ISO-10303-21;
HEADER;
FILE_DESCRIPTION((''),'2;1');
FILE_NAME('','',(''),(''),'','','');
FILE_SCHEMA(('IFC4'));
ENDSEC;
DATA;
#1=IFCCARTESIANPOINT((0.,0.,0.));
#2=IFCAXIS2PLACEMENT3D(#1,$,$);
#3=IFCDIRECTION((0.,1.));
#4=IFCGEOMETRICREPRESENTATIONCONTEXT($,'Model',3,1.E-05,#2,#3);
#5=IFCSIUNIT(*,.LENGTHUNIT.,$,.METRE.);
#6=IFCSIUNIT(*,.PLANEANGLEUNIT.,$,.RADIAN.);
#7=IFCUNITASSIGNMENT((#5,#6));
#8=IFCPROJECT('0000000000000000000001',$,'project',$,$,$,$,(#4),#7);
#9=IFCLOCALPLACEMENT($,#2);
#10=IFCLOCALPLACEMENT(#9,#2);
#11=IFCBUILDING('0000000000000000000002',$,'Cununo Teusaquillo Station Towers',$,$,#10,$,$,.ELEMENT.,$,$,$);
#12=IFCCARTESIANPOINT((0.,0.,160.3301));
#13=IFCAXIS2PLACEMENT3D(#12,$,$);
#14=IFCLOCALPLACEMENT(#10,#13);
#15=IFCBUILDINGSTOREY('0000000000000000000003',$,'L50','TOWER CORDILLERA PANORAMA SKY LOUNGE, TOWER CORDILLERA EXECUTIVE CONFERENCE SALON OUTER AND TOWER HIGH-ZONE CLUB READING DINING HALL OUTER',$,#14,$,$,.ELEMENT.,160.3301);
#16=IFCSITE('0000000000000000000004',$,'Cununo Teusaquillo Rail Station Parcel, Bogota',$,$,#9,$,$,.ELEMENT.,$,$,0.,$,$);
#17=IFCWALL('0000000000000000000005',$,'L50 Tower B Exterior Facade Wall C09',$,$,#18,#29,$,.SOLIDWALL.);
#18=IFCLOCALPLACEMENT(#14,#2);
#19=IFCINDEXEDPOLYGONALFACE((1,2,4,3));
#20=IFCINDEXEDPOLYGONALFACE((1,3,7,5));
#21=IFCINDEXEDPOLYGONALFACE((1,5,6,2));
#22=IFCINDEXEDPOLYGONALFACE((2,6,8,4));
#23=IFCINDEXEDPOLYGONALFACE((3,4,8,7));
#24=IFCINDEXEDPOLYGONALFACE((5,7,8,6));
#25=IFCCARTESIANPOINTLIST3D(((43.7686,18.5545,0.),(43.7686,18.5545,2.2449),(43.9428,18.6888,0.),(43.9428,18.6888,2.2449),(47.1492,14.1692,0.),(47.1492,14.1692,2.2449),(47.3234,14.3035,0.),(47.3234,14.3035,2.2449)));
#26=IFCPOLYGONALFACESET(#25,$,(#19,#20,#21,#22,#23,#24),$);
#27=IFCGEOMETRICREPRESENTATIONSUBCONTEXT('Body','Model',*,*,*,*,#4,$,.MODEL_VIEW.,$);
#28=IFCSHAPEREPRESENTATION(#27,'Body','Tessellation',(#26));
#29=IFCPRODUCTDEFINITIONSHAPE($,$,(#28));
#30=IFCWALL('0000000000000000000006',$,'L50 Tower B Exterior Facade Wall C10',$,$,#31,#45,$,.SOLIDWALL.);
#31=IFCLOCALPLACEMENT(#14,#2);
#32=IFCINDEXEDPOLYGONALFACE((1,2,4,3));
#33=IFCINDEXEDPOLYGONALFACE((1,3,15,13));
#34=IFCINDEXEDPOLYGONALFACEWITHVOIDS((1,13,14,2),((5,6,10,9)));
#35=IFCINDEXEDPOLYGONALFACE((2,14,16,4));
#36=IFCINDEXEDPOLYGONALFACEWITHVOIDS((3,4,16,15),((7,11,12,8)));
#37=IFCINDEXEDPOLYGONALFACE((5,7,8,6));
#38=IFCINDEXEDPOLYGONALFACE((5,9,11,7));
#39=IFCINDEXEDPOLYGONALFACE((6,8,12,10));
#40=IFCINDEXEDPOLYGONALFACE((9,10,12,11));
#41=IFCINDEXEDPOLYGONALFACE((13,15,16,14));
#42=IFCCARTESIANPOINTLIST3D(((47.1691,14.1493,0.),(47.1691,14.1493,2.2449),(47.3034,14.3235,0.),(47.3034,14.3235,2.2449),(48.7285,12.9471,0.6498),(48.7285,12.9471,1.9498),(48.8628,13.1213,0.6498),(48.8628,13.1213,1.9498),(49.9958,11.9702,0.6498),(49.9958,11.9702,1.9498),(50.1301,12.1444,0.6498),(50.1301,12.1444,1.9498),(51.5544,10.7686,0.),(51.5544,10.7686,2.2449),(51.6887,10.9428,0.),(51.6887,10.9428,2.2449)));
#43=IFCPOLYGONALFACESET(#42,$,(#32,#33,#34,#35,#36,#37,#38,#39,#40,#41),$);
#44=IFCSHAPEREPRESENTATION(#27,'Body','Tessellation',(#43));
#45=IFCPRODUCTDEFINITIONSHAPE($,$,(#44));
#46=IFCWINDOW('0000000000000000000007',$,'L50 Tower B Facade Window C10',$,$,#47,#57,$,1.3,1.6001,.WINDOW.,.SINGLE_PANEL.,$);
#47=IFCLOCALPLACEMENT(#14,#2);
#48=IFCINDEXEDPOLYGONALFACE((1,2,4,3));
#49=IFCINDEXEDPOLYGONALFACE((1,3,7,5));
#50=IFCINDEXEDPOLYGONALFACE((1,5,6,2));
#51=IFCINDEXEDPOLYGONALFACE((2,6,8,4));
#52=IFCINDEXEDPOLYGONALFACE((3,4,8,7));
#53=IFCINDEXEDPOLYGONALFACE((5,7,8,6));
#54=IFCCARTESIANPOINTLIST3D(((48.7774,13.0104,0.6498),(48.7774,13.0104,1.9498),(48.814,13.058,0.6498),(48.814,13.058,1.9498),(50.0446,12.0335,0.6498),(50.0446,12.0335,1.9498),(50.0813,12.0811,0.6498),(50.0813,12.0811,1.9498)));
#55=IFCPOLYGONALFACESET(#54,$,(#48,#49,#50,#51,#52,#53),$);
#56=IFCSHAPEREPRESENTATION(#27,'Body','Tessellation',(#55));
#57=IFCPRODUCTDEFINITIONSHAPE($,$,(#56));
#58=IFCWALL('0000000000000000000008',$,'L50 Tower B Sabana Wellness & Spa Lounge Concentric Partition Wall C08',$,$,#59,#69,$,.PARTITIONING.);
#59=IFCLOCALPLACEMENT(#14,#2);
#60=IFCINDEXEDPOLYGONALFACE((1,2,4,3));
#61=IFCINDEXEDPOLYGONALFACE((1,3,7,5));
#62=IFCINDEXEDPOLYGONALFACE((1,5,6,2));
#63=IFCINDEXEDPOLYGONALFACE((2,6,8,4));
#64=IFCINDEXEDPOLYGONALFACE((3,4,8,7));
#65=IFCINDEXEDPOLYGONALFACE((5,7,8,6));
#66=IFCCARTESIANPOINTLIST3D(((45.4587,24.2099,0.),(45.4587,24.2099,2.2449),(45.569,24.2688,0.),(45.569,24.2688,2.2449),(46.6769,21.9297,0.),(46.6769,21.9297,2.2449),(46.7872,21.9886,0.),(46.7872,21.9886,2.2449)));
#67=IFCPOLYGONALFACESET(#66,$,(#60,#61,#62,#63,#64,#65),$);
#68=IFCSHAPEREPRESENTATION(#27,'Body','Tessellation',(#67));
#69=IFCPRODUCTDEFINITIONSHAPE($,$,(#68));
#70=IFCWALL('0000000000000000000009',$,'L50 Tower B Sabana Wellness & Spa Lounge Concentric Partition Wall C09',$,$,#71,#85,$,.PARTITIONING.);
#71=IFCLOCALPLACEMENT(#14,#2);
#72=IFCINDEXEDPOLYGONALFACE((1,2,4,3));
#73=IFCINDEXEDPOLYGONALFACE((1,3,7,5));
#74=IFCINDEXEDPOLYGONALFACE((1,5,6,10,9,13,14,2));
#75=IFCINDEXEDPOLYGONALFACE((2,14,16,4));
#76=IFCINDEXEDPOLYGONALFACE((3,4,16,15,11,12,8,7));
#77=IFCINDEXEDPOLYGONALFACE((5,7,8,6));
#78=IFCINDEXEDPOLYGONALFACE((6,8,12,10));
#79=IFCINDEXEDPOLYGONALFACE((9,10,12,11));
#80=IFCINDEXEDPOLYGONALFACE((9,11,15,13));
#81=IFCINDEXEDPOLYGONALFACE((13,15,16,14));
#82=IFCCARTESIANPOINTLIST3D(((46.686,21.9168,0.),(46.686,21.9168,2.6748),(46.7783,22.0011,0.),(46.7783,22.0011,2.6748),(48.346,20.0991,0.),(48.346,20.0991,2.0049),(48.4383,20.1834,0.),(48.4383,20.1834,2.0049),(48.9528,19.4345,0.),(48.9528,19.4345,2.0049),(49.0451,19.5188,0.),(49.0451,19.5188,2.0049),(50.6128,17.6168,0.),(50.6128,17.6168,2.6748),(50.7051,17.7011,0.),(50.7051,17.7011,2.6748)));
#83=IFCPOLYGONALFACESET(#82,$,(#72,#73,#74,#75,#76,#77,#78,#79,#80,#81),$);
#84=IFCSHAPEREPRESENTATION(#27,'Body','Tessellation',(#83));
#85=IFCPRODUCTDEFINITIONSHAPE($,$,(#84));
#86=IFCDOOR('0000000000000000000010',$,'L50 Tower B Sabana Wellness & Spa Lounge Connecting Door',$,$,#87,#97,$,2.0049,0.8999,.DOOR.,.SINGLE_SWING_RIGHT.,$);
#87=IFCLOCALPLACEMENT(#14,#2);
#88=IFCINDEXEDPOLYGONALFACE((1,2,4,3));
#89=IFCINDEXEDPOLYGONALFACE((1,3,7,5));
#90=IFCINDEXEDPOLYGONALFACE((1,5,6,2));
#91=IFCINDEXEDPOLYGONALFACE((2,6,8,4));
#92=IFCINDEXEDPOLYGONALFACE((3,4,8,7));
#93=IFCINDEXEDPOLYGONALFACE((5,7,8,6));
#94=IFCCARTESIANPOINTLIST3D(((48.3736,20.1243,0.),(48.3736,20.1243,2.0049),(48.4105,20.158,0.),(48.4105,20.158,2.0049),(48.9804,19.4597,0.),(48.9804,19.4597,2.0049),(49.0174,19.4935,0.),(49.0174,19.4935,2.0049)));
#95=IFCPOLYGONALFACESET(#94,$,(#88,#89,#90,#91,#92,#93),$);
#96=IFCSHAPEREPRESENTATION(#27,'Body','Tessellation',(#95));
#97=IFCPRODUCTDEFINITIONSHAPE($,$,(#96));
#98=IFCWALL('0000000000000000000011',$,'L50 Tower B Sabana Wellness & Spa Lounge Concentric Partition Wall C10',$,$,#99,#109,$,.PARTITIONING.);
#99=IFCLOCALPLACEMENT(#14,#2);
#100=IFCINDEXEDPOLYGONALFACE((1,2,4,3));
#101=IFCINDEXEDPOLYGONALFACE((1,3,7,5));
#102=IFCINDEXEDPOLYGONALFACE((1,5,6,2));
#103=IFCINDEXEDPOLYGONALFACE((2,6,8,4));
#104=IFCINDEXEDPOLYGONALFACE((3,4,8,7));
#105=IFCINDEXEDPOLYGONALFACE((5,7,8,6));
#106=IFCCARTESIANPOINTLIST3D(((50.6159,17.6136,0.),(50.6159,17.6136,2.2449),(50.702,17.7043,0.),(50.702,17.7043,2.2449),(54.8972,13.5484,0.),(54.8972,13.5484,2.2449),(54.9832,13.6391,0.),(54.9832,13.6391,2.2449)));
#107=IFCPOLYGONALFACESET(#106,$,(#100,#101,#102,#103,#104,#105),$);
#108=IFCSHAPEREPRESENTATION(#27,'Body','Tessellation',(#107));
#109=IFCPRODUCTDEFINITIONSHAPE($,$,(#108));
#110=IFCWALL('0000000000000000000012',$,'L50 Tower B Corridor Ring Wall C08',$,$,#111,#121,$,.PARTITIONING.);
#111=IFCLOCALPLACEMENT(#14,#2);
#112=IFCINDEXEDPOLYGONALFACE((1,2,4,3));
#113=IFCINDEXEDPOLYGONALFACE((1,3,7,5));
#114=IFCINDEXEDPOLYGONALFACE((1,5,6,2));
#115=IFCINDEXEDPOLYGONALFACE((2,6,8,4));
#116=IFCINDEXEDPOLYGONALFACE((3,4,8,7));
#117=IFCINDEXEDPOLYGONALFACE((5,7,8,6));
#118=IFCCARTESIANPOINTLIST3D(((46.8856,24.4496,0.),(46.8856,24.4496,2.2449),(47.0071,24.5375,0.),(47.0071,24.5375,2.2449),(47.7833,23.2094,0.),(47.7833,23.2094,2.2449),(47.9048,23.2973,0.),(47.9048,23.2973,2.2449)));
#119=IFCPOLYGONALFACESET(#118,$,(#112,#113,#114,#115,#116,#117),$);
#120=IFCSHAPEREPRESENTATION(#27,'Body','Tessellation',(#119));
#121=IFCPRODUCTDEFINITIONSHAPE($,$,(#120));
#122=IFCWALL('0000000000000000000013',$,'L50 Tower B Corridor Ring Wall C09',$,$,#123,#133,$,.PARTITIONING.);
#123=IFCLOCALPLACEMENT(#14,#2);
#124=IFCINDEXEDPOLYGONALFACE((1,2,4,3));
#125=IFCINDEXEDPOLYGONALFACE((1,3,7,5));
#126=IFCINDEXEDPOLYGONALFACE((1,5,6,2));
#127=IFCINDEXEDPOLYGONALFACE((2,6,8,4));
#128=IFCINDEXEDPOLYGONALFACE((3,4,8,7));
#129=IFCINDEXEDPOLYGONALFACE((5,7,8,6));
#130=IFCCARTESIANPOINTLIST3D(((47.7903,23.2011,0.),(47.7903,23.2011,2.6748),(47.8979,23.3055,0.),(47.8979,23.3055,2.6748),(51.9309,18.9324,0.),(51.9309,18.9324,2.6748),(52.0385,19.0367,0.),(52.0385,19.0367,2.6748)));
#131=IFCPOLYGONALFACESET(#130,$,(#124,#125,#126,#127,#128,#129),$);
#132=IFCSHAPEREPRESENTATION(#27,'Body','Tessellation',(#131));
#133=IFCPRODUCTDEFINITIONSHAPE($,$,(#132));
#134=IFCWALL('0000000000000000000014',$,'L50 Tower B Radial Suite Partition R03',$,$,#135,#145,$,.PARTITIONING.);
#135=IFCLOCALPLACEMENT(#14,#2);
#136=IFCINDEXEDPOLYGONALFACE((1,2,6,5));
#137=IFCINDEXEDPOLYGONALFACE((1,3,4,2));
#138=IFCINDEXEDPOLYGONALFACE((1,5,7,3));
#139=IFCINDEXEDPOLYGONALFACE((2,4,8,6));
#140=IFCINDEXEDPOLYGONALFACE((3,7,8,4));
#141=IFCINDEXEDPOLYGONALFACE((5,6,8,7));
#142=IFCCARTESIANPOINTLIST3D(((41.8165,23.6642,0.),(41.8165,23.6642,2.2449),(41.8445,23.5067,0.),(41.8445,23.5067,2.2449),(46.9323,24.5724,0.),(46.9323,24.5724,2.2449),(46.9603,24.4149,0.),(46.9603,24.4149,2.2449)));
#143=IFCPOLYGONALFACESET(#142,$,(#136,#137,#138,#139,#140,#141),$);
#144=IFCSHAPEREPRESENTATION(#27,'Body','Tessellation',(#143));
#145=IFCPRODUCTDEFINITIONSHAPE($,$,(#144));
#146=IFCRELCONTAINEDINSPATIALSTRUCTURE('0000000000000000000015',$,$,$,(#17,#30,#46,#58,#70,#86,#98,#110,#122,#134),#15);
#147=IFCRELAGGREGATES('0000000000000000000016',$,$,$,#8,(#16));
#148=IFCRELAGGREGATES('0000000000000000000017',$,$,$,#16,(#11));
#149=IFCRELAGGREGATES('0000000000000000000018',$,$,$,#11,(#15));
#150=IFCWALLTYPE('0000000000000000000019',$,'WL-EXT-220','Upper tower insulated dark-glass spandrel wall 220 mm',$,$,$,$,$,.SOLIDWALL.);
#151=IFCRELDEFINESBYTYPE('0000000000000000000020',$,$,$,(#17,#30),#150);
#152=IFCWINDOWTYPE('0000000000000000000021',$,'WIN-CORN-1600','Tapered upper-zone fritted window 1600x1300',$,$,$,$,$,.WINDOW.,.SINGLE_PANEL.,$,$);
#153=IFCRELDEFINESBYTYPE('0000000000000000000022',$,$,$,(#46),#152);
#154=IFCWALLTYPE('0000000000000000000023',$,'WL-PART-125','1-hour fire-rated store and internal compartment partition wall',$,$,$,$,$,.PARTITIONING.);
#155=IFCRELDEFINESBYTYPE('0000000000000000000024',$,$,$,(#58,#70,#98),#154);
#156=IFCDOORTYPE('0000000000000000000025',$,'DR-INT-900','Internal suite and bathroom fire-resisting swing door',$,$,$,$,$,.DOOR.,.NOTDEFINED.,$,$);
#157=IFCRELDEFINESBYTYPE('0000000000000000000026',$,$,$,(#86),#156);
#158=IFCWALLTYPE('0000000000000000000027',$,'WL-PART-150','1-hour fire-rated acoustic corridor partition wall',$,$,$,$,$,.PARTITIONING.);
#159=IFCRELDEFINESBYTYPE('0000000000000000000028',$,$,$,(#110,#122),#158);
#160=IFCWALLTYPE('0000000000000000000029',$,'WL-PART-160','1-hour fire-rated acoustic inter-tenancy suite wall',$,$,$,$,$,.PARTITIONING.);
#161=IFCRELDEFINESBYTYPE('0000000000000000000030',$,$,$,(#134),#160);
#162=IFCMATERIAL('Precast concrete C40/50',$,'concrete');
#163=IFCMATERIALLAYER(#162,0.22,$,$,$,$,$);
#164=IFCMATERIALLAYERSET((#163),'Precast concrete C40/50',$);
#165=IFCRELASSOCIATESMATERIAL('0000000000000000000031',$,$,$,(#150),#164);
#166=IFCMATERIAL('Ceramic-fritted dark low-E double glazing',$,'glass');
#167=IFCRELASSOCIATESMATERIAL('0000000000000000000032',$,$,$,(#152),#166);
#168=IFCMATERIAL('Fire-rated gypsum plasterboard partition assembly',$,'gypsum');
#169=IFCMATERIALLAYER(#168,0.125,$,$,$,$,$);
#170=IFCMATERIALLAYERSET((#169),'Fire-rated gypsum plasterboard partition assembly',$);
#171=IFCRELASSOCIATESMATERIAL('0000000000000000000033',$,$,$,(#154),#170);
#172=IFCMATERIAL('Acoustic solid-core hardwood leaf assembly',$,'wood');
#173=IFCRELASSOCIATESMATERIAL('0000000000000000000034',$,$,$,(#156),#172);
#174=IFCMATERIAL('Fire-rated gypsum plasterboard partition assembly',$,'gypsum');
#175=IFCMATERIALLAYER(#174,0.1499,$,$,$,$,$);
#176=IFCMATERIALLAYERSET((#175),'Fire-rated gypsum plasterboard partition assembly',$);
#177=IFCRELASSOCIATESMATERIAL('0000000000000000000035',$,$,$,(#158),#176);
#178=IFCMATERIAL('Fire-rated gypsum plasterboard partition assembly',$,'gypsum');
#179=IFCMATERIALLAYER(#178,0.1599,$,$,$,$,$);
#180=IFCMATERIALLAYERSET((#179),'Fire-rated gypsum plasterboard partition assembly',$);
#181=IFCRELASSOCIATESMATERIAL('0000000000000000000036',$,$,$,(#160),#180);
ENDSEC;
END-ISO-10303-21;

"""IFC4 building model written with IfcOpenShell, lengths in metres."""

from ifc_helpers import new_model, si_unit, direction, frame, frame_2d, origin, place, context, subcontext, project, spatial, rectangle, extrude, source, transform, mapped, material, layer, layer_set, type_object, element, fill, save


model = new_model("IFC4")

# Units and contexts
model_context = context("Model", 3, precision=1e-05, world=origin(), true_north=direction((0.0, 1.0)))
body_context = subcontext(model_context, "Body", "Model", "MODEL_VIEW")
ifc_project = project(units=[si_unit("LENGTHUNIT", "METRE"), si_unit("PLANEANGLEUNIT", "RADIAN")], contexts=[model_context])

# Site, building, storey
site_placement = place(None, origin())
site = spatial("IfcSite", under=ifc_project, at=site_placement, Name="Cununo Teusaquillo Rail Station Parcel, Bogota", CompositionType="ELEMENT", RefElevation=0.0)
building_placement = place(site_placement, origin())
building = spatial("IfcBuilding", under=site, at=building_placement, Name="Cununo Teusaquillo Station Towers", CompositionType="ELEMENT")
storey_placement = place(building_placement, frame((0.0, 0.0, 160.3301)))
storey = spatial("IfcBuildingStorey", under=building, at=storey_placement, Name="L50", Description="TOWER CORDILLERA PANORAMA SKY LOUNGE, TOWER CORDILLERA EXECUTIVE CONFERENCE SALON OUTER AND TOWER HIGH-ZONE CLUB READING DINING HALL OUTER", CompositionType="ELEMENT", Elevation=160.3301)

# Shared definitions
ifc_material_1 = material(Name="Precast concrete C40/50", Category="concrete")
ifc_layer_1 = layer(ifc_material_1, 0.22)
ifc_layer_set_1 = layer_set([ifc_layer_1], Name="Precast concrete C40/50")
wall_type_1 = type_object("IfcWallType", Name="WL-EXT-220", Description="Upper tower insulated dark-glass spandrel wall 220 mm", PredefinedType="SOLIDWALL", material=ifc_layer_set_1)

# Shared definitions
shared_shape_1 = source(origin(), body_context, "Body", "SweptSolid", [
    extrude(rectangle(XDim=1.6001, YDim=1.3, at=frame_2d((0.8, 0.6499))), frame((0.0, 0.1199, 0.0), z_axis=(0.0, -1.0, 0.0), x_axis=(1.0, 0.0, 0.0)), (0.0, 0.0, 1.0), 0.24),
])
ifc_material_2 = material(Name="Ceramic-fritted dark low-E double glazing", Category="glass")
window_type = type_object("IfcWindowType", Name="WIN-CORN-1600", Description="Tapered upper-zone fritted window 1600x1300", PartitioningType="SINGLE_PANEL", PredefinedType="WINDOW", material=ifc_material_2)
shared_shape_2 = source(origin(), body_context, "Body", "SweptSolid", [
    extrude(rectangle(XDim=1.6001, YDim=1.3, at=frame_2d((0.8, 0.6499))), frame((0.0, 0.03, 0.0), z_axis=(0.0, -1.0, 0.0), x_axis=(1.0, 0.0, 0.0)), (0.0, 0.0, 1.0), 0.0601),
])

# Wall
wall_1_placement = place(storey_placement, frame((47.2363, 14.2363, 0.0), z_axis=(0.0, 0.0, 1.0), x_axis=(-0.610544, 0.791983, 0.0)))
element("IfcWall", 1, at=wall_1_placement, inside=storey, type_object=wall_type_1, Name="L50 Tower B Exterior Facade Wall C09", PredefinedType="SOLIDWALL", context=body_context, shape_type="SweptSolid", body=[
    extrude(rectangle(XDim=5.5371, YDim=0.22, at=frame_2d((2.7686, 0.0))), origin(), (0.0, 0.0, 1.0), 2.2449),
])

# Wall, opening, window
wall_2_placement = place(storey_placement, frame((51.6216, 10.8557, 0.0), z_axis=(0.0, 0.0, 1.0), x_axis=(-0.791983, 0.610544, 0.0)))
wall_2 = element("IfcWall", 2, at=wall_2_placement, inside=storey, type_object=wall_type_1, Name="L50 Tower B Exterior Facade Wall C10", PredefinedType="SOLIDWALL", context=body_context, shape_type="SweptSolid", body=[
    extrude(rectangle(XDim=5.5371, YDim=0.22, at=frame_2d((2.7686, 0.0))), origin(), (0.0, 0.0, 1.0), 2.2449),
])
opening_1_placement = place(wall_2_placement, frame((1.968, 0.0, 0.6499)))
opening_1 = element("IfcOpeningElement", 3, at=opening_1_placement, cuts=wall_2, PredefinedType="OPENING", context=body_context, shape_type="MappedRepresentation", body=[
    mapped(shared_shape_1, transform((0.0, 0.0, 0.0), x_axis=(1.0, 0.0, 0.0), y_axis=(0.0, 1.0, 0.0), z_axis=(0.0, 0.0, 1.0), scale=1.0)),
])
window_1_placement = place(opening_1_placement, origin())
window_1 = element("IfcWindow", 4, at=window_1_placement, inside=storey, type_object=window_type, Name="L50 Tower B Facade Window C10", OverallHeight=1.3, OverallWidth=1.6001, PartitioningType="SINGLE_PANEL", PredefinedType="WINDOW", context=body_context, shape_type="MappedRepresentation", body=[
    mapped(shared_shape_2, transform((0.0, 0.0, 0.0), x_axis=(1.0, 0.0, 0.0), y_axis=(0.0, 1.0, 0.0), z_axis=(0.0, 0.0, 1.0), scale=1.0)),
])
fill(opening_1, window_1)

# Wall
ifc_material_3 = material(Name="Fire-rated gypsum plasterboard partition assembly", Category="gypsum")
ifc_layer_2 = layer(ifc_material_3, 0.125)
ifc_layer_set_2 = layer_set([ifc_layer_2], Name="Fire-rated gypsum plasterboard partition assembly")
wall_type_2 = type_object("IfcWallType", Name="WL-PART-125", Description="1-hour fire-rated store and internal compartment partition wall", PredefinedType="PARTITIONING", material=ifc_layer_set_2)
wall_3_placement = place(storey_placement, frame((45.5139, 24.2393, 0.0), z_axis=(0.0, 0.0, 1.0), x_axis=(0.471225, -0.882013, 0.0)))
element("IfcWall", 5, at=wall_3_placement, inside=storey, type_object=wall_type_2, Name="L50 Tower B Sabana Wellness & Spa Lounge Concentric Partition Wall C08", PredefinedType="PARTITIONING", context=body_context, shape_type="SweptSolid", body=[
    extrude(rectangle(XDim=2.5852, YDim=0.125, at=frame_2d((1.2925, 0.0))), origin(), (0.0, 0.0, 1.0), 2.2449),
])

# Wall, opening, door
wall_4_placement = place(storey_placement, frame((46.7322, 21.959, 0.0), z_axis=(0.0, 0.0, 1.0), x_axis=(0.674328, -0.738432, 0.0)))
wall_4 = element("IfcWall", 6, at=wall_4_placement, inside=storey, type_object=wall_type_2, Name="L50 Tower B Sabana Wellness & Spa Lounge Concentric Partition Wall C09", PredefinedType="PARTITIONING", context=body_context, shape_type="SweptSolid", body=[
    extrude(rectangle(XDim=5.8232, YDim=0.125, at=frame_2d((2.9116, 0.0))), origin(), (0.0, 0.0, 1.0), 2.6748),
])
shared_shape_3 = source(origin(), body_context, "Body", "SweptSolid", [
    extrude(rectangle(XDim=0.8999, YDim=2.0049, at=frame_2d((0.45, 1.0024))), frame((0.0, 0.0725, 0.0), z_axis=(0.0, -1.0, 0.0), x_axis=(1.0, 0.0, 0.0)), (0.0, 0.0, 1.0), 0.145),
])
opening_2_placement = place(wall_4_placement, frame((2.4617, 0.0, 0.0)))
opening_2 = element("IfcOpeningElement", 7, at=opening_2_placement, cuts=wall_4, PredefinedType="OPENING", context=body_context, shape_type="MappedRepresentation", body=[
    mapped(shared_shape_3, transform((0.0, 0.0, 0.0), x_axis=(1.0, 0.0, 0.0), y_axis=(0.0, 1.0, 0.0), z_axis=(0.0, 0.0, 1.0), scale=1.0)),
])
ifc_material_4 = material(Name="Acoustic solid-core hardwood leaf assembly", Category="wood")
door_type_1 = type_object("IfcDoorType", Name="DR-INT-900", Description="Internal suite and bathroom fire-resisting swing door", OperationType="NOTDEFINED", PredefinedType="DOOR", material=ifc_material_4)
shared_shape_4 = source(origin(), body_context, "Body", "SweptSolid", [
    extrude(rectangle(XDim=0.8999, YDim=2.0049, at=frame_2d((0.45, 1.0024))), frame((0.0, 0.0249, 0.0), z_axis=(0.0, -1.0, 0.0), x_axis=(1.0, 0.0, 0.0)), (0.0, 0.0, 1.0), 0.05),
])
door_1_placement = place(opening_2_placement, origin())
door_1 = element("IfcDoor", 8, at=door_1_placement, inside=storey, type_object=door_type_1, Name="L50 Tower B Sabana Wellness & Spa Lounge Connecting Door", OperationType="SINGLE_SWING_RIGHT", OverallHeight=2.0049, OverallWidth=0.8999, PredefinedType="DOOR", context=body_context, shape_type="MappedRepresentation", body=[
    mapped(shared_shape_4, transform((0.0, 0.0, 0.0), x_axis=(1.0, 0.0, 0.0), y_axis=(0.0, 1.0, 0.0), z_axis=(0.0, 0.0, 1.0), scale=1.0)),
])
fill(opening_2, door_1)

# Walls
wall_5_placement = place(storey_placement, frame((50.6589, 17.6589, 0.0), z_axis=(0.0, 0.0, 1.0), x_axis=(0.725169, -0.688571, 0.0)))
element("IfcWall", 9, at=wall_5_placement, inside=storey, type_object=wall_type_2, Name="L50 Tower B Sabana Wellness & Spa Lounge Concentric Partition Wall C10", PredefinedType="PARTITIONING", context=body_context, shape_type="SweptSolid", body=[
    extrude(rectangle(XDim=5.9038, YDim=0.125, at=frame_2d((2.9519, 0.0))), origin(), (0.0, 0.0, 1.0), 2.2449),
])
ifc_material_5 = material(Name="Fire-rated gypsum plasterboard partition assembly", Category="gypsum")
ifc_layer_3 = layer(ifc_material_5, 0.1499)
ifc_layer_set_3 = layer_set([ifc_layer_3], Name="Fire-rated gypsum plasterboard partition assembly")
wall_type_3 = type_object("IfcWallType", Name="WL-PART-150", Description="1-hour fire-rated acoustic corridor partition wall", PredefinedType="PARTITIONING", material=ifc_layer_set_3)
wall_6_placement = place(storey_placement, frame((46.9463, 24.4937, 0.0), z_axis=(0.0, 0.0, 1.0), x_axis=(0.58634, -0.810065, 0.0)))
element("IfcWall", 10, at=wall_6_placement, inside=storey, type_object=wall_type_3, Name="L50 Tower B Corridor Ring Wall C08", PredefinedType="PARTITIONING", context=body_context, shape_type="SweptSolid", body=[
    extrude(rectangle(XDim=1.531, YDim=0.1499, at=frame_2d((0.7656, 0.0))), origin(), (0.0, 0.0, 1.0), 2.2449),
])
wall_7_placement = place(storey_placement, frame((47.844, 23.2534, 0.0), z_axis=(0.0, 0.0, 1.0), x_axis=(0.696248, -0.717801, 0.0)))
element("IfcWall", 11, at=wall_7_placement, inside=storey, type_object=wall_type_3, Name="L50 Tower B Corridor Ring Wall C09", PredefinedType="PARTITIONING", context=body_context, shape_type="SweptSolid", body=[
    extrude(rectangle(XDim=5.947, YDim=0.1499, at=frame_2d((2.9736, 0.0))), origin(), (0.0, 0.0, 1.0), 2.6748),
])
ifc_material_6 = material(Name="Fire-rated gypsum plasterboard partition assembly", Category="gypsum")
ifc_layer_4 = layer(ifc_material_6, 0.1599)
ifc_layer_set_4 = layer_set([ifc_layer_4], Name="Fire-rated gypsum plasterboard partition assembly")
wall_type_4 = type_object("IfcWallType", Name="WL-PART-160", Description="1-hour fire-rated acoustic inter-tenancy suite wall", PredefinedType="PARTITIONING", material=ifc_layer_set_4)
wall_8_placement = place(storey_placement, frame((46.9463, 24.4937, 0.0), z_axis=(0.0, 0.0, 1.0), x_axis=(-0.984604, -0.174798, 0.0)))
element("IfcWall", 12, at=wall_8_placement, inside=storey, type_object=wall_type_4, Name="L50 Tower B Radial Suite Partition R03", PredefinedType="PARTITIONING", context=body_context, shape_type="SweptSolid", body=[
    extrude(rectangle(XDim=5.1958, YDim=0.1599, at=frame_2d((2.5979, 0.0))), origin(), (0.0, 0.0, 1.0), 2.2449),
])

save(model, "model.ifc")
